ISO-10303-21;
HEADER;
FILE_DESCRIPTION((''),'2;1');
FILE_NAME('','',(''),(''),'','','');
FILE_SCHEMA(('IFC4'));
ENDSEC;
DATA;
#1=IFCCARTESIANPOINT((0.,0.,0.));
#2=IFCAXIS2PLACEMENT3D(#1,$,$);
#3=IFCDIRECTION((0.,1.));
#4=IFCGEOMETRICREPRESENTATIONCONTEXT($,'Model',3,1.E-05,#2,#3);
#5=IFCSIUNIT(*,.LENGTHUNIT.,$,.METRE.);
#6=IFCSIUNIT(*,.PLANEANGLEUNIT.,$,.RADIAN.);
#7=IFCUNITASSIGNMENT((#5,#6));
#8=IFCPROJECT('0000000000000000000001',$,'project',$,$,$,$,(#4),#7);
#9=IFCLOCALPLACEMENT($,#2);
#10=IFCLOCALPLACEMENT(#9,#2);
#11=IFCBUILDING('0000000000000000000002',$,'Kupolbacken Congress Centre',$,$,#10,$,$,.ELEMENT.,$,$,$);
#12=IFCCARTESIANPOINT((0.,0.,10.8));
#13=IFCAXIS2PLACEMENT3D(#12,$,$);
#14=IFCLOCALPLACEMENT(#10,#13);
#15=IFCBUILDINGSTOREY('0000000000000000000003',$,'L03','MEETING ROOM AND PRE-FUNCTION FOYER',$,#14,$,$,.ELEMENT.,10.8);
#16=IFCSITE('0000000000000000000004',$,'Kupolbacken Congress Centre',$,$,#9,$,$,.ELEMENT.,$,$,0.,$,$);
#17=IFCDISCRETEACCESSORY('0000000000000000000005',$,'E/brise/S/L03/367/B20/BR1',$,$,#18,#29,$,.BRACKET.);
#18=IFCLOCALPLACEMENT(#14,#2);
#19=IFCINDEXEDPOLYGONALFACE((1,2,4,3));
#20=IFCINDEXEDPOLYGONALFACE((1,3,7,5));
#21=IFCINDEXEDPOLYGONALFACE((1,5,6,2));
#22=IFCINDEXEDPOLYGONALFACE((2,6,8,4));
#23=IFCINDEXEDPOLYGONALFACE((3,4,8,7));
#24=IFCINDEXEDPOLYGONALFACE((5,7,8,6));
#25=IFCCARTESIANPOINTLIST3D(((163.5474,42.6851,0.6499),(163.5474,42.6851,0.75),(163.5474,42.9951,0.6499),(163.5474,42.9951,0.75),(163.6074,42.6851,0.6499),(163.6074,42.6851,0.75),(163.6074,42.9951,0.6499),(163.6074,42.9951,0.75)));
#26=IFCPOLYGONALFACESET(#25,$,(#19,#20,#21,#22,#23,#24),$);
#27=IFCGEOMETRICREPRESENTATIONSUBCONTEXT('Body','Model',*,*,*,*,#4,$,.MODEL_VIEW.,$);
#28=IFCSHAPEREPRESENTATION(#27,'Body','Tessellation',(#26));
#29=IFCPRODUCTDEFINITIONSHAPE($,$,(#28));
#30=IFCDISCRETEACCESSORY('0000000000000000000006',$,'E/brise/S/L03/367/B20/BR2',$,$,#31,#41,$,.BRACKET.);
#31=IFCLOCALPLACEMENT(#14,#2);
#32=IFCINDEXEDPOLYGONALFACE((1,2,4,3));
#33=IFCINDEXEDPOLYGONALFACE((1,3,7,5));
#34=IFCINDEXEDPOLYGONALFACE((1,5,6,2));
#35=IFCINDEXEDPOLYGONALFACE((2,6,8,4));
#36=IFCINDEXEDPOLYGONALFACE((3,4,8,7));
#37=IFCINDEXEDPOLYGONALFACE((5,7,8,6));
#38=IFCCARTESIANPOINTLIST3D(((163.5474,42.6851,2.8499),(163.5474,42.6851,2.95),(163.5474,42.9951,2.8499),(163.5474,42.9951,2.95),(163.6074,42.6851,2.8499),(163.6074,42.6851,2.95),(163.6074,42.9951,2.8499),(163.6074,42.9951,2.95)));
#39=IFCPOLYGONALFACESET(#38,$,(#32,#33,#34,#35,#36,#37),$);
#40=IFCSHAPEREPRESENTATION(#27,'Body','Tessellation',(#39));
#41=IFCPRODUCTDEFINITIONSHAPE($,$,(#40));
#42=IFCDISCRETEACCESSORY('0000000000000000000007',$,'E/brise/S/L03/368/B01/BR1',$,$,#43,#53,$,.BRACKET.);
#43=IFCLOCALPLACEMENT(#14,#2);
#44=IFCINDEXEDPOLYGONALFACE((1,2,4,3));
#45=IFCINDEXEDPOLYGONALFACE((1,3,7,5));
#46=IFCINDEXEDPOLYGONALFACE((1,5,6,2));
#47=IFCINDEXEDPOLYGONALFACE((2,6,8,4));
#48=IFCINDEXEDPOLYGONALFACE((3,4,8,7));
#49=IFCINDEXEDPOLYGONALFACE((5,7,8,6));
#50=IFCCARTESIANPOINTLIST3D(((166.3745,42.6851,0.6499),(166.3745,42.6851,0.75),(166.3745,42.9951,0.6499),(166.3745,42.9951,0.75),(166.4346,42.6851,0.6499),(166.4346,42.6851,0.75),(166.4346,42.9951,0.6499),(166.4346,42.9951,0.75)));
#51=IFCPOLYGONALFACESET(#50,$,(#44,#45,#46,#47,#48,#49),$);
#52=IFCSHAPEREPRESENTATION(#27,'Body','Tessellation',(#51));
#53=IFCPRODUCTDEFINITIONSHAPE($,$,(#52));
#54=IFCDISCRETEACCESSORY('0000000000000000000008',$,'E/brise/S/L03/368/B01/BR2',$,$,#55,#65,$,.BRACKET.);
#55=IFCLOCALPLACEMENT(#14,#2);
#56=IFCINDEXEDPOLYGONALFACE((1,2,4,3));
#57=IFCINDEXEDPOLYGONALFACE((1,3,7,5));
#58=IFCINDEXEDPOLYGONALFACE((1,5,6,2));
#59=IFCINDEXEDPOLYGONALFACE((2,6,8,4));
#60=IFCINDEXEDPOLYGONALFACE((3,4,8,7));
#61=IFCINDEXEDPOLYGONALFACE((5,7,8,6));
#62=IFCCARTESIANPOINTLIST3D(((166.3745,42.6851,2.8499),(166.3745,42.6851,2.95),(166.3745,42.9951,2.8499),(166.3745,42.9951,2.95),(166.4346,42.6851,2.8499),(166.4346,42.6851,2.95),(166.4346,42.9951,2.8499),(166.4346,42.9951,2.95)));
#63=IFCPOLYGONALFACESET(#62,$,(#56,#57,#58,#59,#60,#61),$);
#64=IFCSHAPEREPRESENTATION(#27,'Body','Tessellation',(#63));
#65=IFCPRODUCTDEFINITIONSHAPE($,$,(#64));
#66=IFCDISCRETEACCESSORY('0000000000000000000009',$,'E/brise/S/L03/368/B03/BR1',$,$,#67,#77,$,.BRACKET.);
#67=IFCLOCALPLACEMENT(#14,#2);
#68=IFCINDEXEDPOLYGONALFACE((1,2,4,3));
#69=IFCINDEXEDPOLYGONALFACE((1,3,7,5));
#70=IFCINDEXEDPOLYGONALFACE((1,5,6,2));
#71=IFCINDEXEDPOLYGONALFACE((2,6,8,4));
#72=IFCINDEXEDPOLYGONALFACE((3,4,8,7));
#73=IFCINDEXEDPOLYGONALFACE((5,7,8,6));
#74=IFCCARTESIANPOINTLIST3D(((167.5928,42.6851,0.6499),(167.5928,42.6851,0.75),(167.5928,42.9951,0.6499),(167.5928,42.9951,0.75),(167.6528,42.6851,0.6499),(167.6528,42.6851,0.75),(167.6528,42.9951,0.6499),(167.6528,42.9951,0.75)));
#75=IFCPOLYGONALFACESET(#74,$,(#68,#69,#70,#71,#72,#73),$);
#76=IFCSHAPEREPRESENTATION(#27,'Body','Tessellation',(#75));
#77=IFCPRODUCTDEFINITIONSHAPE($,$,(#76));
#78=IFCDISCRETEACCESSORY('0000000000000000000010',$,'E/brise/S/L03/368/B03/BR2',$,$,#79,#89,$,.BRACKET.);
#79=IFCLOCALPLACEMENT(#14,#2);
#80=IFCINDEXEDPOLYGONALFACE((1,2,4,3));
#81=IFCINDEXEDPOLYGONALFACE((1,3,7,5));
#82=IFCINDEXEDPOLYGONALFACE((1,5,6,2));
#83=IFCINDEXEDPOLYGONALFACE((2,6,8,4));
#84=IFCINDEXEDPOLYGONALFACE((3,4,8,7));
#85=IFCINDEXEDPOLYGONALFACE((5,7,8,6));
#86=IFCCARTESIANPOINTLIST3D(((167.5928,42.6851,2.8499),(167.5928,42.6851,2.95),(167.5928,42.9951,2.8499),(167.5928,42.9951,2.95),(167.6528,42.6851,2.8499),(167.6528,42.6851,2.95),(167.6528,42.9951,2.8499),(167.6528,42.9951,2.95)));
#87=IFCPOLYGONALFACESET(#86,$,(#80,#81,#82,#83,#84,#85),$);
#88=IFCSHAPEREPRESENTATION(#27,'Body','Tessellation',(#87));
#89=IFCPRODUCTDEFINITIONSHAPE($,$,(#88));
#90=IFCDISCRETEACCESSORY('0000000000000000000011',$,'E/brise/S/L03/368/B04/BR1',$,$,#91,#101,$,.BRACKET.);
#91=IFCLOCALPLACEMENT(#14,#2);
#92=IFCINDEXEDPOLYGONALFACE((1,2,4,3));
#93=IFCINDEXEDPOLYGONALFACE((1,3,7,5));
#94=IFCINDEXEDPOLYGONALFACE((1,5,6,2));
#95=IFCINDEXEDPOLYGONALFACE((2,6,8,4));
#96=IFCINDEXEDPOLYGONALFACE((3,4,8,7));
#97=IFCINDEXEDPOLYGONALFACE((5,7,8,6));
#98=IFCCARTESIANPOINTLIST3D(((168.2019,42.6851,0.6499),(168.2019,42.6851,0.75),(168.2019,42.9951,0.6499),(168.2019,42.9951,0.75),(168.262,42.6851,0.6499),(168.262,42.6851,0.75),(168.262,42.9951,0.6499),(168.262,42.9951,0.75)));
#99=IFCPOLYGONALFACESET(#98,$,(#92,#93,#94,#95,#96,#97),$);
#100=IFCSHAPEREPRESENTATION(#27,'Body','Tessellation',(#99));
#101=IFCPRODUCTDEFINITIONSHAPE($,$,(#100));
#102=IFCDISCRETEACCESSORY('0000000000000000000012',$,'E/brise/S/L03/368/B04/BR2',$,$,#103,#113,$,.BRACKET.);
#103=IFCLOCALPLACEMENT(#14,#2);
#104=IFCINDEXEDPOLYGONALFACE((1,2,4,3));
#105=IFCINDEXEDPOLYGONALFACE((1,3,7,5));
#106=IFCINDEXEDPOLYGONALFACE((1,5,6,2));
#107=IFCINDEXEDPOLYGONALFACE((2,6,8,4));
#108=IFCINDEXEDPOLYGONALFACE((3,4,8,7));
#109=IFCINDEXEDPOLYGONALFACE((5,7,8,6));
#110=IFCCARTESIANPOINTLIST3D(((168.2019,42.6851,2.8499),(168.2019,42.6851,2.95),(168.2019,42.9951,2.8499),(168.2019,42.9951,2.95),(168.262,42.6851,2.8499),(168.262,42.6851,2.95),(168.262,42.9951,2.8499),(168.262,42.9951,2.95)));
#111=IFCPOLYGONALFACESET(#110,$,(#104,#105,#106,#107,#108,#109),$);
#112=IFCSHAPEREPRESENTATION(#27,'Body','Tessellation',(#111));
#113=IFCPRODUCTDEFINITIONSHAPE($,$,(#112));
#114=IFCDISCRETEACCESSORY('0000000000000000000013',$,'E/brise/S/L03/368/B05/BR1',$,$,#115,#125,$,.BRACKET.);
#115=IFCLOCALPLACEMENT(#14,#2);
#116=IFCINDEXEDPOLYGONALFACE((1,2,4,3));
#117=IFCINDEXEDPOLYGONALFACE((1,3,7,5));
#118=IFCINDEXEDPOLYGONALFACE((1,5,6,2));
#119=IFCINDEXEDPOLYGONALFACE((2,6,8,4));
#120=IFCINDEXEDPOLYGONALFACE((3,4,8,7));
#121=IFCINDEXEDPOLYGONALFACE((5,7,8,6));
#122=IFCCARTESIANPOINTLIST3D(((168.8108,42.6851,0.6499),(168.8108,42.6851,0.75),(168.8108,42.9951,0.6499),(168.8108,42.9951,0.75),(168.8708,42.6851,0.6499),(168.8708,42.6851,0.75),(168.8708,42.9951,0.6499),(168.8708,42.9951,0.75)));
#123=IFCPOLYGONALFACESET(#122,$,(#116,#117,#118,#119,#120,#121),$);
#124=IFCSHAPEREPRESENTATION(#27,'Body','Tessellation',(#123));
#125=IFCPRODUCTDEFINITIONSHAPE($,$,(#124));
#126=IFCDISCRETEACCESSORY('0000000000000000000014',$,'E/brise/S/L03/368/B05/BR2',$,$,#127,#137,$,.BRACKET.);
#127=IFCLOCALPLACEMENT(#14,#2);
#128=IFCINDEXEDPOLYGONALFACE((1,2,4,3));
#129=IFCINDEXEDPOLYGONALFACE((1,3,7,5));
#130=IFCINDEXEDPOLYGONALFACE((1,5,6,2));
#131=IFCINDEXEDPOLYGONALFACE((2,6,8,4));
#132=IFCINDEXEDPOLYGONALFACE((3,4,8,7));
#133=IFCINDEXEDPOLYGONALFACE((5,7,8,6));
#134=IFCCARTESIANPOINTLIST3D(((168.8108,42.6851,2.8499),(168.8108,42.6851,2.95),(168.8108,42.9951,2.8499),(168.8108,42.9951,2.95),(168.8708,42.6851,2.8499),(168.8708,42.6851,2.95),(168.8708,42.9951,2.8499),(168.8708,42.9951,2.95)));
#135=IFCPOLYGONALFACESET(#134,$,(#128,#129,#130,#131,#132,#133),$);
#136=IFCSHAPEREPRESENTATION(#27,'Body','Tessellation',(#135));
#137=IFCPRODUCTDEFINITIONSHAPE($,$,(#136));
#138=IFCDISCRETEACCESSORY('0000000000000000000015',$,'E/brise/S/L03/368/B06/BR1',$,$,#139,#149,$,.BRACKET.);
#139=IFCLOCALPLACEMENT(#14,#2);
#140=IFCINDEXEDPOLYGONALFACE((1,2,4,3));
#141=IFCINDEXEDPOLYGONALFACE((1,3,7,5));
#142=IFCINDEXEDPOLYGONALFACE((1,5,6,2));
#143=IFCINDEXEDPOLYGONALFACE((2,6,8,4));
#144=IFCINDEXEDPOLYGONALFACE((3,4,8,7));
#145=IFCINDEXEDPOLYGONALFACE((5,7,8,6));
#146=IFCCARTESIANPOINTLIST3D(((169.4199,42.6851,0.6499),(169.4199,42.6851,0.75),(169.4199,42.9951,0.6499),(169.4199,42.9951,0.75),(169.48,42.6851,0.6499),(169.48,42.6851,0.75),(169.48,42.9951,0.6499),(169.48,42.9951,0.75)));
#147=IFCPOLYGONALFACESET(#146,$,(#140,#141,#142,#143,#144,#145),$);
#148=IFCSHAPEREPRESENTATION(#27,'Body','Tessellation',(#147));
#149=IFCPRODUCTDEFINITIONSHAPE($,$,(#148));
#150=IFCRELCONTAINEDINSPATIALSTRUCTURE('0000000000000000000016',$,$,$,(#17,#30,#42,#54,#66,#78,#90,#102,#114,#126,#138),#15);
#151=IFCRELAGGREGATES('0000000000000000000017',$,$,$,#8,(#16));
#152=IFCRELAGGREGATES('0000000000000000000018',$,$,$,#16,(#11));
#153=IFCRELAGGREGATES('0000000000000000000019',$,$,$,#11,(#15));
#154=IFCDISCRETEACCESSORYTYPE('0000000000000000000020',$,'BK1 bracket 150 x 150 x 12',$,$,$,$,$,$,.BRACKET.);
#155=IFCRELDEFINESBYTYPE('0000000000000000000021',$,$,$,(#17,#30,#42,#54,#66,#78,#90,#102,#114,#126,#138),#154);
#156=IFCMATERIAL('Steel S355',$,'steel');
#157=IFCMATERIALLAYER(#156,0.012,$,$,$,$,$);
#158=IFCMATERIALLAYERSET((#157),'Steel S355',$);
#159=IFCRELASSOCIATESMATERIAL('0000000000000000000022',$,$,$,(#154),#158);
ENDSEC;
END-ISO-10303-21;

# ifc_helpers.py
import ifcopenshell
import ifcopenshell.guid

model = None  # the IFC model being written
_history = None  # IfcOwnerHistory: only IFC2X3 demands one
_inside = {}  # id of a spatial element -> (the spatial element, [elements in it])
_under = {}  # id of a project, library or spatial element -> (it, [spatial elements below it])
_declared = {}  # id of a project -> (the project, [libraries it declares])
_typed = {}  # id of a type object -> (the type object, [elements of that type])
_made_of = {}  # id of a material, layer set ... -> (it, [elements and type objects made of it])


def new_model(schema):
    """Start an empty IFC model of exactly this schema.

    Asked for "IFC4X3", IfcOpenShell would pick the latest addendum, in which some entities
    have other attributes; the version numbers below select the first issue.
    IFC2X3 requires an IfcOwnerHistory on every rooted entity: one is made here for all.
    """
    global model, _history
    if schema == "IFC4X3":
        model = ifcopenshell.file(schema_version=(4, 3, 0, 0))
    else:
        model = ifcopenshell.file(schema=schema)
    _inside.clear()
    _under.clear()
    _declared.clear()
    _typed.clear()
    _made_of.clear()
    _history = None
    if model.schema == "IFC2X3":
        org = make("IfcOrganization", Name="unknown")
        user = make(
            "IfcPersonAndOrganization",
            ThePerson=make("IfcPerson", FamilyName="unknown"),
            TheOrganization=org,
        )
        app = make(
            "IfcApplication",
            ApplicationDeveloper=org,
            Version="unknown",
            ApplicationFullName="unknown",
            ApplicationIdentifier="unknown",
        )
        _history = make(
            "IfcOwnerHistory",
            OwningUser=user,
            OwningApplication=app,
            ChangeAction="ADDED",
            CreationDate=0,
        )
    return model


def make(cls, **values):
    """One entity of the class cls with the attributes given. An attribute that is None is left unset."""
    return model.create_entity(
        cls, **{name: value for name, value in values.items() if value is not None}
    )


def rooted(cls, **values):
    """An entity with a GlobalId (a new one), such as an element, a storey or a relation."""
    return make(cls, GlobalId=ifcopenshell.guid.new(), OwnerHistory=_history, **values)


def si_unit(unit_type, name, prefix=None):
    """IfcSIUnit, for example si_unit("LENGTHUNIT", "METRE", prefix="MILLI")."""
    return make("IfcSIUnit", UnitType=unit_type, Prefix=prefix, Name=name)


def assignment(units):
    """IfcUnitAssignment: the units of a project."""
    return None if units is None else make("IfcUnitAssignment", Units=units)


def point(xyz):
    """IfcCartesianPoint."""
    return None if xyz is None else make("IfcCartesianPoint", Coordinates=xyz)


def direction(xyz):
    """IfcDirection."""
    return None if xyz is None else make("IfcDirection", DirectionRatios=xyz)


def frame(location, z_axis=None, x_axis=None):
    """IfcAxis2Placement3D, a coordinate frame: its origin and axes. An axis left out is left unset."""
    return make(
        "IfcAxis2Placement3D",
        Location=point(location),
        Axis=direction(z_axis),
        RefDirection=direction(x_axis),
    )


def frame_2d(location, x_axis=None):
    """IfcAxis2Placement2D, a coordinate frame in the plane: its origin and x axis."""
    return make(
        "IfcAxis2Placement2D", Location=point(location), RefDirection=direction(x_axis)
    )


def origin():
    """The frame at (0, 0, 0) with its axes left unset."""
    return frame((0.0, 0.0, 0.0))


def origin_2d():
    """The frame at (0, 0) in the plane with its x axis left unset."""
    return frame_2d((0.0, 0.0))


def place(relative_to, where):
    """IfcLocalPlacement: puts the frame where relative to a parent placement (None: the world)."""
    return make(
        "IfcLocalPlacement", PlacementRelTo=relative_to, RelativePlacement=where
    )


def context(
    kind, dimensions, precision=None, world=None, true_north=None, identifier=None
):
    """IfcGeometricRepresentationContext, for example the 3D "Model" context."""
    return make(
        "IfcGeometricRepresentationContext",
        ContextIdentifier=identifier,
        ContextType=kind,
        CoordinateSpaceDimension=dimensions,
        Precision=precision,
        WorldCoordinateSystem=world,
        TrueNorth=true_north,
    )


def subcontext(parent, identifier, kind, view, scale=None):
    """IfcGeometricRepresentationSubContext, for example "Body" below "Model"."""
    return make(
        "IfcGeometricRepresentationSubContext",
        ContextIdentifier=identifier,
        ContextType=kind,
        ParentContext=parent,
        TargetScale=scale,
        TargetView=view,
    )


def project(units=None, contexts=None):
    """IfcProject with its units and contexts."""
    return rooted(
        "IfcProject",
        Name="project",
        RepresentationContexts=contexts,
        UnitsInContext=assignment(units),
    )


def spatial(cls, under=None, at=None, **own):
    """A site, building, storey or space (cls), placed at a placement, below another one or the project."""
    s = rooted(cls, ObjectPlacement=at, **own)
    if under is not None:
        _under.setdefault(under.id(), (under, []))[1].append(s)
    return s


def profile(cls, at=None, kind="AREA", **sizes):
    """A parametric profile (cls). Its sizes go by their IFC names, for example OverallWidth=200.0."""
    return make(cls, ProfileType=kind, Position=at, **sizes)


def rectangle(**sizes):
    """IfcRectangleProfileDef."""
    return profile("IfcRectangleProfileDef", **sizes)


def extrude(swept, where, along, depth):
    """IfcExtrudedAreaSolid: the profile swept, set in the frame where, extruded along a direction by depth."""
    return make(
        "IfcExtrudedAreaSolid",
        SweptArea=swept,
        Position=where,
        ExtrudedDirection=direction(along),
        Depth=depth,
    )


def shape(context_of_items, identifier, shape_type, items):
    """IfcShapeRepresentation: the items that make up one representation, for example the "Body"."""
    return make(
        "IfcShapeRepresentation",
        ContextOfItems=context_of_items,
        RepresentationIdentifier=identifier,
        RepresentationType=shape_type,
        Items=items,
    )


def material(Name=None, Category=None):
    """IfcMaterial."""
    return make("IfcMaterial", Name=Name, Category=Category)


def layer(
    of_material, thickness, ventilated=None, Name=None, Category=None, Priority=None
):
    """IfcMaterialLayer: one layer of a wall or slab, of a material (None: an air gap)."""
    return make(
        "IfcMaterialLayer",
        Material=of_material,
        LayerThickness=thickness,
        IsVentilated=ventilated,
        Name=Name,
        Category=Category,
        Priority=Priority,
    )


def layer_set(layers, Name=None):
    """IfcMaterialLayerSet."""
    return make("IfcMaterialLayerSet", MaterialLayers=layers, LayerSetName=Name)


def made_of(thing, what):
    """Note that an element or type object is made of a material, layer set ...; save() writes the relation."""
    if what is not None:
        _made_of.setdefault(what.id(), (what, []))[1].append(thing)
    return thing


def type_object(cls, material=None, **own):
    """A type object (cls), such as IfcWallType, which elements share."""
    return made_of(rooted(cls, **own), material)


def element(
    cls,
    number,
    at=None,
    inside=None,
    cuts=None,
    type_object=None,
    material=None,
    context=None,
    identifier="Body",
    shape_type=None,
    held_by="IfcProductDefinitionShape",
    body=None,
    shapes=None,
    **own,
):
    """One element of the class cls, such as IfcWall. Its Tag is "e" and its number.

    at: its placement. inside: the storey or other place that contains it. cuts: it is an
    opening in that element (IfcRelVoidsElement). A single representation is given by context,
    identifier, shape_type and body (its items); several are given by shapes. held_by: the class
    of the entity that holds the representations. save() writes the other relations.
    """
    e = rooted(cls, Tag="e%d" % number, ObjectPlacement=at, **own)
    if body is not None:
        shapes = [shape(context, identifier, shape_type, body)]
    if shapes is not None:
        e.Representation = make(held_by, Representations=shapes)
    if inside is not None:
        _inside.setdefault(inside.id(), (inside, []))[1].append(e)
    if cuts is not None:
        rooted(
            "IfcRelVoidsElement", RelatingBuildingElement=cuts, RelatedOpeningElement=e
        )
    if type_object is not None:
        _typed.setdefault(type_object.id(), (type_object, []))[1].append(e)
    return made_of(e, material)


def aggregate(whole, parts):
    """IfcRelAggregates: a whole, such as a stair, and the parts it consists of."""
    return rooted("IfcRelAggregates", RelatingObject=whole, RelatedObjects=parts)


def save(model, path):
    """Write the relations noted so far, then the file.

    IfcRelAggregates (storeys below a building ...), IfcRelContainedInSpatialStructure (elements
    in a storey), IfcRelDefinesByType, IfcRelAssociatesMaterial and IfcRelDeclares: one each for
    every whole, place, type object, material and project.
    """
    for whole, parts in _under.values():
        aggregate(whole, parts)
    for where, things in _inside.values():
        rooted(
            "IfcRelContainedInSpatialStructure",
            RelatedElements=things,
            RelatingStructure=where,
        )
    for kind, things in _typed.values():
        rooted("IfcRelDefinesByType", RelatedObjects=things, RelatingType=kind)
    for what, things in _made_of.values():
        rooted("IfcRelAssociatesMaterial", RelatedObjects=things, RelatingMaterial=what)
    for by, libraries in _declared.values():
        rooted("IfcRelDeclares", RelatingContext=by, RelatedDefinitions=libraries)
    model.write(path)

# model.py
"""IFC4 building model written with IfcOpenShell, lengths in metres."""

from ifc_helpers import new_model, si_unit, direction, frame, origin, origin_2d, place, context, subcontext, project, spatial, rectangle, extrude, material, layer, layer_set, type_object, element, save


model = new_model("IFC4")

# Units and contexts
model_context = context("Model", 3, precision=1e-05, world=origin(), true_north=direction((0.0, 1.0)))
body_context = subcontext(model_context, "Body", "Model", "MODEL_VIEW")
ifc_project = project(units=[si_unit("LENGTHUNIT", "METRE"), si_unit("PLANEANGLEUNIT", "RADIAN")], contexts=[model_context])

# Site, building, storey
site_placement = place(None, origin())
site = spatial("IfcSite", under=ifc_project, at=site_placement, Name="Kupolbacken Congress Centre", CompositionType="ELEMENT", RefElevation=0.0)
building_placement = place(site_placement, origin())
building = spatial("IfcBuilding", under=site, at=building_placement, Name="Kupolbacken Congress Centre", CompositionType="ELEMENT")
storey_placement = place(building_placement, frame((0.0, 0.0, 10.8)))
storey = spatial("IfcBuildingStorey", under=building, at=storey_placement, Name="L03", Description="MEETING ROOM AND PRE-FUNCTION FOYER", CompositionType="ELEMENT", Elevation=10.8)

# Discrete accessories
ifc_material_1 = material(Name="Steel S355", Category="steel")
ifc_layer_1 = layer(ifc_material_1, 0.012)
ifc_layer_set_1 = layer_set([ifc_layer_1], Name="Steel S355")
discrete_accessory_type = type_object("IfcDiscreteAccessoryType", Name="BK1 bracket 150 x 150 x 12", PredefinedType="BRACKET", material=ifc_layer_set_1)
for number, where, z_axis, x_axis, name in (
    (1, (163.5774, 42.8401, 0.6499), (0.0, 0.0, 1.0), (1.0, 0.0, 0.0), "E/brise/S/L03/367/B20/BR1"),
    (2, (163.5774, 42.8401, 2.8499), (0.0, 0.0, 1.0), (1.0, 0.0, 0.0), "E/brise/S/L03/367/B20/BR2"),
    (3, (166.4045, 42.8401, 0.6499), (0.0, 0.0, 1.0), (1.0, 0.0, 0.0), "E/brise/S/L03/368/B01/BR1"),
    (4, (166.4045, 42.8401, 2.8499), (0.0, 0.0, 1.0), (1.0, 0.0, 0.0), "E/brise/S/L03/368/B01/BR2"),
    (5, (167.6228, 42.8401, 0.6499), (0.0, 0.0, 1.0), (1.0, 0.0, 0.0), "E/brise/S/L03/368/B03/BR1"),
    (6, (167.6228, 42.8401, 2.8499), (0.0, 0.0, 1.0), (1.0, 0.0, 0.0), "E/brise/S/L03/368/B03/BR2"),
    (7, (168.2319, 42.8401, 0.6499), (0.0, 0.0, 1.0), (1.0, 0.0, 0.0), "E/brise/S/L03/368/B04/BR1"),
    (8, (168.2319, 42.8401, 2.8499), (0.0, 0.0, 1.0), (1.0, 0.0, 0.0), "E/brise/S/L03/368/B04/BR2"),
    (9, (168.8408, 42.8401, 0.6499), (0.0, 0.0, 1.0), (1.0, 0.0, 0.0), "E/brise/S/L03/368/B05/BR1"),
    (10, (168.8408, 42.8401, 2.8499), (0.0, 0.0, 1.0), (1.0, 0.0, 0.0), "E/brise/S/L03/368/B05/BR2"),
    (11, (169.45, 42.8401, 0.6499), (0.0, 0.0, 1.0), (1.0, 0.0, 0.0), "E/brise/S/L03/368/B06/BR1"),
):
    element("IfcDiscreteAccessory", number, at=place(storey_placement, frame(where, z_axis=z_axis, x_axis=x_axis)), inside=storey, type_object=discrete_accessory_type, Name=name, PredefinedType="BRACKET", context=body_context, shape_type="SweptSolid", body=[
        extrude(rectangle(XDim=0.0601, YDim=0.3101, at=origin_2d()), origin(), (0.0, 0.0, 1.0), 0.1001),
    ])

save(model, "model.ifc")
